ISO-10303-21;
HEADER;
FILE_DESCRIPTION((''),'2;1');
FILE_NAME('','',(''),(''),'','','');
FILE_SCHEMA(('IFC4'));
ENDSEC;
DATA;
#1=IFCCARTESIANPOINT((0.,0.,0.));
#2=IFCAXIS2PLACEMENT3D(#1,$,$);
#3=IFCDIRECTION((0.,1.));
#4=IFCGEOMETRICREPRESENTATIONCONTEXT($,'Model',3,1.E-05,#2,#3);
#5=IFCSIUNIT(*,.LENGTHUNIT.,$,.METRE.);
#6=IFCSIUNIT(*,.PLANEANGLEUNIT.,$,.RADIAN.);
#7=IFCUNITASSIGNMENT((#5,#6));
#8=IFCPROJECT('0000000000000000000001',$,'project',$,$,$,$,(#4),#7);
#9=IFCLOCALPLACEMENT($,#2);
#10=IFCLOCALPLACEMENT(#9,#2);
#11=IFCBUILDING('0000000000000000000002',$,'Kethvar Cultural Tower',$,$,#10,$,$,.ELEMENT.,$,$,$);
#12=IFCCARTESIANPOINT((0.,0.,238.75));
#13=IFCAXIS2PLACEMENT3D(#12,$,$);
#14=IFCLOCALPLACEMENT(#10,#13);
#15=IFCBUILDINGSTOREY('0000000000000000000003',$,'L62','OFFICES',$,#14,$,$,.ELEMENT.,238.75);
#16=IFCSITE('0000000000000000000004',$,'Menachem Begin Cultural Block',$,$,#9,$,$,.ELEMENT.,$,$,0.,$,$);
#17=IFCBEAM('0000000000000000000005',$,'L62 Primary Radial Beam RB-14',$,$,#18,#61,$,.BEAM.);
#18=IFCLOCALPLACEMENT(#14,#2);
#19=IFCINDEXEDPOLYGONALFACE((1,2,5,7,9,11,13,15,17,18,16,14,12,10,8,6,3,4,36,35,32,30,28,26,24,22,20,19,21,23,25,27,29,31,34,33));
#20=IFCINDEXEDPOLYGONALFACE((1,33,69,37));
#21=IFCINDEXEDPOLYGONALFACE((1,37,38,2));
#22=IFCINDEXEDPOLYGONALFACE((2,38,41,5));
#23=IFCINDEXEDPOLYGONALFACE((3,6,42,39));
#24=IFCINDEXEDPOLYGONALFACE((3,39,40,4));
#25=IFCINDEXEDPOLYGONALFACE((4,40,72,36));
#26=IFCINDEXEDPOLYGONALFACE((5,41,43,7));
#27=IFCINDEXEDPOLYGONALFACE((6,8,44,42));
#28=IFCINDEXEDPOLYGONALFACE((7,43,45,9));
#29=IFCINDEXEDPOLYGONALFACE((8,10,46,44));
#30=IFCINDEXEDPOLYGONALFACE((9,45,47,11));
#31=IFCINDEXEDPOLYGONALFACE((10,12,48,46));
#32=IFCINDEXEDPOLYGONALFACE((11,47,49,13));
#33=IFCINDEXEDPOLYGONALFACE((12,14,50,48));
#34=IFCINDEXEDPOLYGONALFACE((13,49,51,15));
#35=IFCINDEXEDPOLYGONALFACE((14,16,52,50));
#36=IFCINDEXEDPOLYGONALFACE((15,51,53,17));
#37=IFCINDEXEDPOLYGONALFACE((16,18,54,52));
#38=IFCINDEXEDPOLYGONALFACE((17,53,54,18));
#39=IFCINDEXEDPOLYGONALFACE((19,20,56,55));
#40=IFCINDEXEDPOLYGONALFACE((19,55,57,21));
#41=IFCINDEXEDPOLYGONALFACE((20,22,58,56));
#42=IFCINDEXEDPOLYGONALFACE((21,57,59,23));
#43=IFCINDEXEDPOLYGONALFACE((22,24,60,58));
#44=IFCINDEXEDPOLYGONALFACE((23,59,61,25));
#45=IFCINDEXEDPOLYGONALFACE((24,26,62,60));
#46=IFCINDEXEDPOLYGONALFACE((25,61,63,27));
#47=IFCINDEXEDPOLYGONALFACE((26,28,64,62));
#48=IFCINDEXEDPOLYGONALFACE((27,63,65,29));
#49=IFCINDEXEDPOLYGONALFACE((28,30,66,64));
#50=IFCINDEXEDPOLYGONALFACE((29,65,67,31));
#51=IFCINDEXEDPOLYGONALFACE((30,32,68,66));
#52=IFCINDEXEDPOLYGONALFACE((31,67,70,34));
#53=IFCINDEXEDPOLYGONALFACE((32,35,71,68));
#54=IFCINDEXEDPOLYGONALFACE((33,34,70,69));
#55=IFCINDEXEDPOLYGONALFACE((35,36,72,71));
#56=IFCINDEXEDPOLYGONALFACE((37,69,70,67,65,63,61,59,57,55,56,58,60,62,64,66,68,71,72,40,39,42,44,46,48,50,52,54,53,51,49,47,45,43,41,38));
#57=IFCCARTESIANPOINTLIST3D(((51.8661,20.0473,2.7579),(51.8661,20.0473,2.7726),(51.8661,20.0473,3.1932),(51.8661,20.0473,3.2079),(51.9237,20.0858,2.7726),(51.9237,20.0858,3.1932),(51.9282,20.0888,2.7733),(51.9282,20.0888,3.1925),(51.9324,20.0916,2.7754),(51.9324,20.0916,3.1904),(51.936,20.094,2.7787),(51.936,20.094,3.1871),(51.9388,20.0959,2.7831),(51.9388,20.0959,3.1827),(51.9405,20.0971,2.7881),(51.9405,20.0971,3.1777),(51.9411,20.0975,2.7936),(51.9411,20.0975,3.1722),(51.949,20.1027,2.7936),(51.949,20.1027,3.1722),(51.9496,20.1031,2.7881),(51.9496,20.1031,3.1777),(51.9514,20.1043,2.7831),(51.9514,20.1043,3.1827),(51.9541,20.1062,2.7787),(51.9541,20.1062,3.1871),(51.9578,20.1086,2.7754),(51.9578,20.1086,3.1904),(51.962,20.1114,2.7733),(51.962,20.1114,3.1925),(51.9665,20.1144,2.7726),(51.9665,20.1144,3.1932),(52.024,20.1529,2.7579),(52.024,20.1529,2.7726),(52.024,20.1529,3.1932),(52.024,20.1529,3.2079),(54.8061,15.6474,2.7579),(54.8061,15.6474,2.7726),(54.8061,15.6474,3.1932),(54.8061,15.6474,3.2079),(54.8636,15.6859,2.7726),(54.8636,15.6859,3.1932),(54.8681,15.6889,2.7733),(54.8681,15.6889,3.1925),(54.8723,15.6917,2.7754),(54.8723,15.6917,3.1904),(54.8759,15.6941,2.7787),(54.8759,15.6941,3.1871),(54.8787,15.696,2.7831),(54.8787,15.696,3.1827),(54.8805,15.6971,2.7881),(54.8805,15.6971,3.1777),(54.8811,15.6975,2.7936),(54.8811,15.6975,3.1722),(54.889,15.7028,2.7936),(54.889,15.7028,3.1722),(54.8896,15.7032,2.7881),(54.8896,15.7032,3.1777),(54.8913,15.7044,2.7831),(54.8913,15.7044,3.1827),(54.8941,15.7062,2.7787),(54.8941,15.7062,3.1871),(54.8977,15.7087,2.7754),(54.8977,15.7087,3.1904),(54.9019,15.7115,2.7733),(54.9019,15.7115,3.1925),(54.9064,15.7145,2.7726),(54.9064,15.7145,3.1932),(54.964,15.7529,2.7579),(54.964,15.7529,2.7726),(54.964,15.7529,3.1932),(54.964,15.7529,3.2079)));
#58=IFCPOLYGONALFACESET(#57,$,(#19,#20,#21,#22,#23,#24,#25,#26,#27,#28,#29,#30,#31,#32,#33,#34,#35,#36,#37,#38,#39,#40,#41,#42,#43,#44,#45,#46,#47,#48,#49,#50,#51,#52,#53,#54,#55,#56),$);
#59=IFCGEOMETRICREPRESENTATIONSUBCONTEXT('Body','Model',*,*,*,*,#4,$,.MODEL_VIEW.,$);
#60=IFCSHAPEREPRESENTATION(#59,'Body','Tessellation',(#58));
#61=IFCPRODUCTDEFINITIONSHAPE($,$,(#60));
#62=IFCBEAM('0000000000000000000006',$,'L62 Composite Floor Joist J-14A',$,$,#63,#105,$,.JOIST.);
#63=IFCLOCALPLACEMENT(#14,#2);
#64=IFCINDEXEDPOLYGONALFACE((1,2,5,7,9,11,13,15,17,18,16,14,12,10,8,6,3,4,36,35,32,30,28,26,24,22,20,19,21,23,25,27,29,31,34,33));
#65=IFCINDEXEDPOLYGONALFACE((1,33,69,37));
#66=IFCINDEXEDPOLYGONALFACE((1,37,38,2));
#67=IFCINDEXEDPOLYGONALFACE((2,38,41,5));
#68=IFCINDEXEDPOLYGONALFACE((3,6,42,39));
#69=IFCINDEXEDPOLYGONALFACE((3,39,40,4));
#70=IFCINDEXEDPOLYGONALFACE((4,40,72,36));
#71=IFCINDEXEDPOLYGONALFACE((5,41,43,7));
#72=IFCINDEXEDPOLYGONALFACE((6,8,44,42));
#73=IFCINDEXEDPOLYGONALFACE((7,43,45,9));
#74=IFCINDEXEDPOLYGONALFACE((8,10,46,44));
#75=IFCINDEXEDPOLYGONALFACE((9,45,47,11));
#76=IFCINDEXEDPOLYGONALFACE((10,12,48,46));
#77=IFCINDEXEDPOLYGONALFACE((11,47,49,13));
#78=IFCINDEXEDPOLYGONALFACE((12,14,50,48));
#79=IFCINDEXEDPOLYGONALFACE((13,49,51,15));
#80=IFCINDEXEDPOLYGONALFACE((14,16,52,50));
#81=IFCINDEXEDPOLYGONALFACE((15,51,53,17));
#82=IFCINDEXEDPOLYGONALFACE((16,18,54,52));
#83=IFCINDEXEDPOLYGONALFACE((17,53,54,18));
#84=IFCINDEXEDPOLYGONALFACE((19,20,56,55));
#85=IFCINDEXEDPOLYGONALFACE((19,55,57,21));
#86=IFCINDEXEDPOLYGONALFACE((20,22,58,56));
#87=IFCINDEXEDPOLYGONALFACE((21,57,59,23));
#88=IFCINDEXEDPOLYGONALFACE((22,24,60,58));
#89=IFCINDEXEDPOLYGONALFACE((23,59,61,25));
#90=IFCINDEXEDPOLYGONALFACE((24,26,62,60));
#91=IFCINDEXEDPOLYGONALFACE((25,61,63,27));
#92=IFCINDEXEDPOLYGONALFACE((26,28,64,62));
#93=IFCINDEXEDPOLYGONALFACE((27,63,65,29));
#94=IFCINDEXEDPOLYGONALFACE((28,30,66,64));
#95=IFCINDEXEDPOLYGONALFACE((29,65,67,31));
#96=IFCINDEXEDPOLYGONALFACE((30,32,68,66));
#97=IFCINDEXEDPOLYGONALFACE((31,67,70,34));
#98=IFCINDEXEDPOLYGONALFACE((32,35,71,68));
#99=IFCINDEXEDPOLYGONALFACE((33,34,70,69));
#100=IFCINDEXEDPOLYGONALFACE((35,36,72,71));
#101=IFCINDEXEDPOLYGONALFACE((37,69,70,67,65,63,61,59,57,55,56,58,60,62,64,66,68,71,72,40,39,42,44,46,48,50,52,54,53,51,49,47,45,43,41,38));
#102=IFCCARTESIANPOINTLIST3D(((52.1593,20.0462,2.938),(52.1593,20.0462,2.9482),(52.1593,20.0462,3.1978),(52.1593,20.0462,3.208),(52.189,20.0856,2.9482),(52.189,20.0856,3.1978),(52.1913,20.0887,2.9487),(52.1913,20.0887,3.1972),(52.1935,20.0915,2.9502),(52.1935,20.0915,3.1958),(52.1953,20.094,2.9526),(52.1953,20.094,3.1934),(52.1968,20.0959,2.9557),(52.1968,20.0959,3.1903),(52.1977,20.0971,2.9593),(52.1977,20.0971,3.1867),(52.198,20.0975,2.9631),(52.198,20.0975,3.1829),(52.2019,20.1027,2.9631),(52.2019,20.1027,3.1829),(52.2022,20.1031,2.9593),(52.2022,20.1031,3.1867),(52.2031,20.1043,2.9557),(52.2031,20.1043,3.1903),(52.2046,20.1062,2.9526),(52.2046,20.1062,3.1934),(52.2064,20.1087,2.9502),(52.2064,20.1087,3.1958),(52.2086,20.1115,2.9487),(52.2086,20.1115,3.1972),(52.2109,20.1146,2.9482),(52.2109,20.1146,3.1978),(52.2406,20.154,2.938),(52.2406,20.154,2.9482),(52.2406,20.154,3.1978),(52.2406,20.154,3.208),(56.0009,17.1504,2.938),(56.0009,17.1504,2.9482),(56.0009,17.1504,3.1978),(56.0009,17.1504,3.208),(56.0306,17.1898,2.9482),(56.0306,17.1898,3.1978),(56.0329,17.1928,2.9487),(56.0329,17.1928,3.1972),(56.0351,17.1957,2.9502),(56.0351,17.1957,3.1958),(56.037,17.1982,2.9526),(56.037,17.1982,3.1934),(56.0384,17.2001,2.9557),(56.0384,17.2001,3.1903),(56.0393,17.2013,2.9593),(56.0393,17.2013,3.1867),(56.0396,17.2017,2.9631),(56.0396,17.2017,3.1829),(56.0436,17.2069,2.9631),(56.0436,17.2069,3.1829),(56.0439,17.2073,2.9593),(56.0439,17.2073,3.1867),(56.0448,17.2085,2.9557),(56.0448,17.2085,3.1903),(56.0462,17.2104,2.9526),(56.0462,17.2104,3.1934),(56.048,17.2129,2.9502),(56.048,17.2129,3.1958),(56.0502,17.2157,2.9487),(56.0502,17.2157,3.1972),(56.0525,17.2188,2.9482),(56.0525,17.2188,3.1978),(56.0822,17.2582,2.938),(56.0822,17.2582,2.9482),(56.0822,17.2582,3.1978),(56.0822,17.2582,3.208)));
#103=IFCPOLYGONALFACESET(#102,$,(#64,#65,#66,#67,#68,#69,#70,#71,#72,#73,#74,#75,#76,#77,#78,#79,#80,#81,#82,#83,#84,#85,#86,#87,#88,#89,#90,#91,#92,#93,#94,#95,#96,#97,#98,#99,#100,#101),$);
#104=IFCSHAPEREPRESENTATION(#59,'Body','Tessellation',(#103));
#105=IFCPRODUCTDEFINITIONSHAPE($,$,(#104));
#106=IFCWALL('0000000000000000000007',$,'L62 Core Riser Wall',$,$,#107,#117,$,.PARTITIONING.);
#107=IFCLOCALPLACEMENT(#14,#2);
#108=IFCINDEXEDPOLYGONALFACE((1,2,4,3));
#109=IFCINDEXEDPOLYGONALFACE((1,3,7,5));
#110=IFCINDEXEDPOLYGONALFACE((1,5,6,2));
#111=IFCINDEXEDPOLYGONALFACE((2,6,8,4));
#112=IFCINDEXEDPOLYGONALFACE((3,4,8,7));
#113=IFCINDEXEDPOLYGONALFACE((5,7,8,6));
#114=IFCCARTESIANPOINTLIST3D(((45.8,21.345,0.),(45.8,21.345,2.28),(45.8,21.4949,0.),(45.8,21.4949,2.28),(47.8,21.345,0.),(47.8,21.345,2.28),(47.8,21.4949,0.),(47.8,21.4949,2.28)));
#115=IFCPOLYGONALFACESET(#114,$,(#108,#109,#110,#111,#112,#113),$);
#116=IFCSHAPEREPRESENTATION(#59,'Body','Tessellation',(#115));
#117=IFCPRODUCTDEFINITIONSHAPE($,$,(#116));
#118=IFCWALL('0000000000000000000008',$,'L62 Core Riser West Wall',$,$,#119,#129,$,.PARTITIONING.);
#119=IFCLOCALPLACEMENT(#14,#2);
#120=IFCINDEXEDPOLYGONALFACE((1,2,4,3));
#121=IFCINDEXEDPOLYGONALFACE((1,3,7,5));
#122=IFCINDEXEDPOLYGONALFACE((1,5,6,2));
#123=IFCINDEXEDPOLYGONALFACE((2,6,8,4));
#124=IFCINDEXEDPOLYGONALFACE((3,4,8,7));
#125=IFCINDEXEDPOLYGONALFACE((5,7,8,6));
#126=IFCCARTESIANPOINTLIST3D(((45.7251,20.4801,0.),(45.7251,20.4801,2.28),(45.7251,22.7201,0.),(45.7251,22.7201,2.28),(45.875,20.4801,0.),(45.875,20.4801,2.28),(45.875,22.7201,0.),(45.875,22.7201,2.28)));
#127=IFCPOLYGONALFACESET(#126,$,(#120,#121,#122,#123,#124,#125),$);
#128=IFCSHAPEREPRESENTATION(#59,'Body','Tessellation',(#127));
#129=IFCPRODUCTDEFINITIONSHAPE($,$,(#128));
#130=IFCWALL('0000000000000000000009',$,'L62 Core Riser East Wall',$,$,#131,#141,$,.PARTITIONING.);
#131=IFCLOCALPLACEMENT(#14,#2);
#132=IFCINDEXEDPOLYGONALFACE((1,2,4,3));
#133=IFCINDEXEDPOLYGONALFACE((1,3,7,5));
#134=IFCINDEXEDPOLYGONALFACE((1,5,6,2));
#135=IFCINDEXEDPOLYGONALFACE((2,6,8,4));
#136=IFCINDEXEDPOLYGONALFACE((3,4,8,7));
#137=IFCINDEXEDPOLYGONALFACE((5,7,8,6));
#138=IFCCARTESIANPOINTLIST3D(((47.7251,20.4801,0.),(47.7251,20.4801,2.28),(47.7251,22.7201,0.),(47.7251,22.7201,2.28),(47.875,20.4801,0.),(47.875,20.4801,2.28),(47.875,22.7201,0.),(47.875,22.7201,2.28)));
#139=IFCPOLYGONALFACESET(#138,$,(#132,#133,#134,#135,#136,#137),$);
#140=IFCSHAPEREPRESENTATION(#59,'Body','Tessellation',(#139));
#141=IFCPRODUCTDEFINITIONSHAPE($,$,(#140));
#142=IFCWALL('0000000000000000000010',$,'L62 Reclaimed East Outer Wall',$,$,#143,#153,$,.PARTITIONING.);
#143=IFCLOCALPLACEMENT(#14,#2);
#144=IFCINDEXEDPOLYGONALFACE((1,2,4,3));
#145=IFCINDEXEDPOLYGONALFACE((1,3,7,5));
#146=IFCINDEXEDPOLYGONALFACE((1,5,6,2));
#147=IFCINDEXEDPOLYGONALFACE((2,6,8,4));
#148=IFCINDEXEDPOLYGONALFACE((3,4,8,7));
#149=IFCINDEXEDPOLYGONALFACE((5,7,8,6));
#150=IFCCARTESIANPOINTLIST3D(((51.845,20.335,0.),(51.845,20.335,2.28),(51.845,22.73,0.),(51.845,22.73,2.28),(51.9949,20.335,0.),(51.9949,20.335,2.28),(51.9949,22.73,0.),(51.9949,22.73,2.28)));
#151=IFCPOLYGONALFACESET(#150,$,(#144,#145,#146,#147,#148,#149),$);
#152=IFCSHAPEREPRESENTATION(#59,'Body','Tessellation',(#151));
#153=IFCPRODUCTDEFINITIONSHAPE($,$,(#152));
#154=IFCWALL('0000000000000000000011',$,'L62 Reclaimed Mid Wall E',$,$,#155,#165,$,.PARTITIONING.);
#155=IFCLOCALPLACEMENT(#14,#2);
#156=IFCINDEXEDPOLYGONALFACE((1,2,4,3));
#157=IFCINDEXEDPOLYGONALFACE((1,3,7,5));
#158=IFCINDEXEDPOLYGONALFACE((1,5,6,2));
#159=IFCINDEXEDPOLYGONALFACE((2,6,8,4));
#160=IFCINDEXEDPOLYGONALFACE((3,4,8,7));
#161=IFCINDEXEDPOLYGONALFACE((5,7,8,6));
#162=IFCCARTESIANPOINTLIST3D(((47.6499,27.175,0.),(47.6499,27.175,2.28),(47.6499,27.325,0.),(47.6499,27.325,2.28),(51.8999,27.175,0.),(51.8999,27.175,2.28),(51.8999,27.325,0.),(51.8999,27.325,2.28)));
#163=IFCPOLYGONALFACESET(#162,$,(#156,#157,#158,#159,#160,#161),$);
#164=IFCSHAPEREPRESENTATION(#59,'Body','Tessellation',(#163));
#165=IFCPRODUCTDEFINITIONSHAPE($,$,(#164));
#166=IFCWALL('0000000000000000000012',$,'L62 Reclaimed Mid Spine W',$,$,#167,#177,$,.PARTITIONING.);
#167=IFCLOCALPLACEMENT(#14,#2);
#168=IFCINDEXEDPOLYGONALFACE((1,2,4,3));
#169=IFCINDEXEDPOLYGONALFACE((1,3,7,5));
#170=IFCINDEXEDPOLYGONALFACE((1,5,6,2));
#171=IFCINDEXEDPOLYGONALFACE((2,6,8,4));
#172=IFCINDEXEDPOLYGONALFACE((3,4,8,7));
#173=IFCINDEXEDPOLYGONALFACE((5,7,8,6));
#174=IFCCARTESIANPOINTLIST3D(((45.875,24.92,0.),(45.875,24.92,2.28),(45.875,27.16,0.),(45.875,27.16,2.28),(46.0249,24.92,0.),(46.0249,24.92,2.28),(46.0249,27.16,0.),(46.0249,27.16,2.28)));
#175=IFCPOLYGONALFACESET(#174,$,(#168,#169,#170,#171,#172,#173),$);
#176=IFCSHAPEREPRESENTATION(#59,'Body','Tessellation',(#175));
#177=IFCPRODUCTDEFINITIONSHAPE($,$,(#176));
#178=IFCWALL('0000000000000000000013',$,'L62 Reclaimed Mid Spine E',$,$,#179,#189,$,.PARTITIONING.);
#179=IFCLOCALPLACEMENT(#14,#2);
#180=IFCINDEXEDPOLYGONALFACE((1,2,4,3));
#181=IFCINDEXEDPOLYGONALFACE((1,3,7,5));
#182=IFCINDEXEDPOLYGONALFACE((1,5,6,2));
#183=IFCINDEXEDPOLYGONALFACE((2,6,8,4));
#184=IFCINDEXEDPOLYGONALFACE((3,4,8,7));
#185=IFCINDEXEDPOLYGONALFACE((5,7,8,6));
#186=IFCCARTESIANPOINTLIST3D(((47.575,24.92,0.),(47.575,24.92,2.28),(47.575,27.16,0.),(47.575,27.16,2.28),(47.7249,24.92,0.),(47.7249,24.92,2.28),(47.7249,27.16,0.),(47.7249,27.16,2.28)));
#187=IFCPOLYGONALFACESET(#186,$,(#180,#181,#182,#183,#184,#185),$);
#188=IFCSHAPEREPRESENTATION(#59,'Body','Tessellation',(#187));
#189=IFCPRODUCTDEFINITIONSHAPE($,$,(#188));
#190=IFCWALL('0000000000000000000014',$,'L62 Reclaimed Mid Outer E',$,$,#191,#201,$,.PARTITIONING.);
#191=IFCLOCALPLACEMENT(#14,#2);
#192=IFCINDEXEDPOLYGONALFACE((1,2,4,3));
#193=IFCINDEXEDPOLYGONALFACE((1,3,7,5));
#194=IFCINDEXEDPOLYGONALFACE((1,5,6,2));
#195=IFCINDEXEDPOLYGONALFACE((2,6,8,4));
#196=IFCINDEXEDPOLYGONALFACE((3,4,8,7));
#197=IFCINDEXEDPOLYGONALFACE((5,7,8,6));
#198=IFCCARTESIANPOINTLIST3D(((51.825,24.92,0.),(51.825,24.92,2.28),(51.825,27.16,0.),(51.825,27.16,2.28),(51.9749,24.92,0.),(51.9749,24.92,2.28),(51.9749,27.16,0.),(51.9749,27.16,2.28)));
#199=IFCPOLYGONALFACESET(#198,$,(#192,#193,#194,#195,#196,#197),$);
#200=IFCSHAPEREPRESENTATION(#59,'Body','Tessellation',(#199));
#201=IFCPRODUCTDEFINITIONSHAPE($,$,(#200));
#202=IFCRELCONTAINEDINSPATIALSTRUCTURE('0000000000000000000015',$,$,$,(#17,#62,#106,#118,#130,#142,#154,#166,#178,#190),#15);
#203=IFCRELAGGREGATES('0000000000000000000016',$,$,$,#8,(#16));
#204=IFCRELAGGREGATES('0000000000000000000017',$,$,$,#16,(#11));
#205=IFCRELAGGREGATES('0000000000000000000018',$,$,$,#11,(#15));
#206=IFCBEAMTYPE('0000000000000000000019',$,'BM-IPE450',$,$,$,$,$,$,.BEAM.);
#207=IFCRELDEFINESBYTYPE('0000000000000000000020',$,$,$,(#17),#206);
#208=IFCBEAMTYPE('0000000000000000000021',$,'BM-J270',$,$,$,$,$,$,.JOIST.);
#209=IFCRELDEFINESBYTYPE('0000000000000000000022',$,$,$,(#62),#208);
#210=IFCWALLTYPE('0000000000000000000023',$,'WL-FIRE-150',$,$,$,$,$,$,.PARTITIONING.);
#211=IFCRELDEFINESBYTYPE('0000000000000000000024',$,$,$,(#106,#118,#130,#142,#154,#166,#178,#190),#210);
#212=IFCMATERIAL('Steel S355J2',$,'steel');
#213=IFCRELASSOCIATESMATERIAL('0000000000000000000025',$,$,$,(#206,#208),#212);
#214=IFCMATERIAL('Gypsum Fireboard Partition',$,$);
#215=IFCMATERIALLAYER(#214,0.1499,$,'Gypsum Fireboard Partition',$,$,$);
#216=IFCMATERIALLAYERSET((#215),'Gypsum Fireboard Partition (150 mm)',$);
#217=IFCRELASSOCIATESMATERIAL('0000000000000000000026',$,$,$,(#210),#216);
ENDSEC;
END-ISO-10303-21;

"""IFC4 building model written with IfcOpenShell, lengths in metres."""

from ifc_helpers import new_model, si_unit, direction, frame, frame_2d, origin, origin_2d, place, context, subcontext, project, spatial, rectangle, i_section, extrude, source, transform, mapped, material, layer, layer_set, material_profile, profile_set, type_object, element, save


model = new_model("IFC4")

# Units and contexts
model_context = context("Model", 3, precision=1e-05, world=origin(), true_north=direction((0.0, 1.0)))
body_context = subcontext(model_context, "Body", "Model", "MODEL_VIEW")
ifc_project = project(units=[si_unit("LENGTHUNIT", "METRE"), si_unit("PLANEANGLEUNIT", "RADIAN")], contexts=[model_context])

# Site, building, storey
site_placement = place(None, origin())
site = spatial("IfcSite", under=ifc_project, at=site_placement, Name="Menachem Begin Cultural Block", CompositionType="ELEMENT", RefElevation=0.0)
building_placement = place(site_placement, origin())
building = spatial("IfcBuilding", under=site, at=building_placement, Name="Kethvar Cultural Tower", CompositionType="ELEMENT")
storey_placement = place(building_placement, frame((0.0, 0.0, 238.75)))
storey = spatial("IfcBuildingStorey", under=building, at=storey_placement, Name="L62", Description="OFFICES", CompositionType="ELEMENT", Elevation=238.75)

# Beams
ifc_material_1 = material(Name="Steel S355J2", Category="steel")
ifc_material_profile_1 = material_profile(ifc_material_1, i_section(OverallWidth=0.1899, OverallDepth=0.45, WebThickness=0.0095, FlangeThickness=0.0146, FilletRadius=0.021, at=origin_2d()), Name="Steel S355J2 — IPE450")
ifc_profile_set_1 = profile_set([ifc_material_profile_1], Name="Steel S355J2 — IPE450")
beam_type_1 = type_object("IfcBeamType", Name="BM-IPE450", PredefinedType="BEAM", material=ifc_profile_set_1)
shared_shape_1 = source(origin(), body_context, "Body", "SweptSolid", [
    extrude(i_section(OverallWidth=0.1899, OverallDepth=0.45, WebThickness=0.0095, FlangeThickness=0.0146, FilletRadius=0.021, at=origin_2d()), origin(), (0.0, 0.0, 1.0), 5.2917),
])
beam_1_placement = place(storey_placement, frame((51.9451, 20.1001, 2.9829), z_axis=(0.555573, -0.831468, 0.0), x_axis=(0.831468, 0.555573, 0.0)))
element("IfcBeam", 1, at=beam_1_placement, inside=storey, type_object=beam_type_1, Name="L62 Primary Radial Beam RB-14", PredefinedType="BEAM", context=body_context, shape_type="MappedRepresentation", body=[
    mapped(shared_shape_1, transform((0.0, 0.0, 0.0), scale=1.0)),
])
ifc_material_profile_2 = material_profile(ifc_material_1, i_section(OverallWidth=0.135, OverallDepth=0.27, WebThickness=0.0066, FlangeThickness=0.0103, FilletRadius=0.0149, at=origin_2d()), Name="Steel S355J2 — IPE270")
ifc_profile_set_2 = profile_set([ifc_material_profile_2], Name="Steel S355J2 — IPE270")
beam_type_2 = type_object("IfcBeamType", Name="BM-J270", PredefinedType="JOIST", material=ifc_profile_set_2)
shared_shape_2 = source(origin(), body_context, "Body", "SweptSolid", [
    extrude(i_section(OverallWidth=0.135, OverallDepth=0.27, WebThickness=0.0066, FlangeThickness=0.0103, FilletRadius=0.0149, at=origin_2d()), origin(), (0.0, 0.0, 1.0), 4.8108),
])
beam_2_placement = place(storey_placement, frame((52.2, 20.1001, 3.073), z_axis=(0.798542, -0.601939, 0.0), x_axis=(0.601939, 0.798542, 0.0)))
element("IfcBeam", 2, at=beam_2_placement, inside=storey, type_object=beam_type_2, Name="L62 Composite Floor Joist J-14A", PredefinedType="JOIST", context=body_context, shape_type="MappedRepresentation", body=[
    mapped(shared_shape_2, transform((0.0, 0.0, 0.0), scale=1.0)),
])

# Walls
ifc_material_2 = material(Name="Gypsum Fireboard Partition")
ifc_layer_1 = layer(ifc_material_2, 0.1499, Name="Gypsum Fireboard Partition")
ifc_layer_set_1 = layer_set([ifc_layer_1], Name="Gypsum Fireboard Partition (150 mm)")
wall_type_1 = type_object("IfcWallType", Name="WL-FIRE-150", PredefinedType="PARTITIONING", material=ifc_layer_set_1)
wall_1_placement = place(storey_placement, frame((45.8, 21.4199, 0.0), z_axis=(0.0, 0.0, 1.0), x_axis=(1.0, 0.0, 0.0)))
element("IfcWall", 3, at=wall_1_placement, inside=storey, type_object=wall_type_1, Name="L62 Core Riser Wall", PredefinedType="PARTITIONING", context=body_context, shape_type="SweptSolid", body=[
    extrude(rectangle(XDim=2.0, YDim=0.1499, at=frame_2d((1.0, 0.0))), origin(), (0.0, 0.0, 1.0), 2.28),
])
for number, where, z_axis, x_axis, name in (
    (4, (45.8, 20.48, 0.0), (0.0, 0.0, 1.0), (0.0, 1.0, 0.0), "L62 Core Riser West Wall"),
    (5, (47.8, 20.48, 0.0), (0.0, 0.0, 1.0), (0.0, 1.0, 0.0), "L62 Core Riser East Wall"),
):
    element("IfcWall", number, at=place(storey_placement, frame(where, z_axis=z_axis, x_axis=x_axis)), inside=storey, type_object=wall_type_1, Name=name, PredefinedType="PARTITIONING", context=body_context, shape_type="SweptSolid", body=[
        extrude(rectangle(XDim=2.24, YDim=0.1499, at=frame_2d((1.1201, 0.0))), origin(), (0.0, 0.0, 1.0), 2.28),
    ])
wall_2_placement = place(storey_placement, frame((51.9199, 20.335, 0.0), z_axis=(0.0, 0.0, 1.0), x_axis=(0.0, 1.0, 0.0)))
element("IfcWall", 6, at=wall_2_placement, inside=storey, type_object=wall_type_1, Name="L62 Reclaimed East Outer Wall", PredefinedType="PARTITIONING", context=body_context, shape_type="SweptSolid", body=[
    extrude(rectangle(XDim=2.395, YDim=0.1499, at=frame_2d((1.1975, 0.0))), origin(), (0.0, 0.0, 1.0), 2.28),
])

# Walls
wall_3_placement = place(storey_placement, frame((47.6499, 27.25, 0.0), z_axis=(0.0, 0.0, 1.0), x_axis=(1.0, 0.0, 0.0)))
element("IfcWall", 7, at=wall_3_placement, inside=storey, type_object=wall_type_1, Name="L62 Reclaimed Mid Wall E", PredefinedType="PARTITIONING", context=body_context, shape_type="SweptSolid", body=[
    extrude(rectangle(XDim=4.25, YDim=0.1499, at=frame_2d((2.125, 0.0))), origin(), (0.0, 0.0, 1.0), 2.28),
])
for number, where, z_axis, x_axis, name in (
    (8, (45.95, 24.9199, 0.0), (0.0, 0.0, 1.0), (0.0, 1.0, 0.0), "L62 Reclaimed Mid Spine W"),
    (9, (47.6499, 24.9199, 0.0), (0.0, 0.0, 1.0), (0.0, 1.0, 0.0), "L62 Reclaimed Mid Spine E"),
    (10, (51.8999, 24.9199, 0.0), (0.0, 0.0, 1.0), (0.0, 1.0, 0.0), "L62 Reclaimed Mid Outer E"),
):
    element("IfcWall", number, at=place(storey_placement, frame(where, z_axis=z_axis, x_axis=x_axis)), inside=storey, type_object=wall_type_1, Name=name, PredefinedType="PARTITIONING", context=body_context, shape_type="SweptSolid", body=[
        extrude(rectangle(XDim=2.24, YDim=0.1499, at=frame_2d((1.1201, 0.0))), origin(), (0.0, 0.0, 1.0), 2.28),
    ])

save(model, "model.ifc")
